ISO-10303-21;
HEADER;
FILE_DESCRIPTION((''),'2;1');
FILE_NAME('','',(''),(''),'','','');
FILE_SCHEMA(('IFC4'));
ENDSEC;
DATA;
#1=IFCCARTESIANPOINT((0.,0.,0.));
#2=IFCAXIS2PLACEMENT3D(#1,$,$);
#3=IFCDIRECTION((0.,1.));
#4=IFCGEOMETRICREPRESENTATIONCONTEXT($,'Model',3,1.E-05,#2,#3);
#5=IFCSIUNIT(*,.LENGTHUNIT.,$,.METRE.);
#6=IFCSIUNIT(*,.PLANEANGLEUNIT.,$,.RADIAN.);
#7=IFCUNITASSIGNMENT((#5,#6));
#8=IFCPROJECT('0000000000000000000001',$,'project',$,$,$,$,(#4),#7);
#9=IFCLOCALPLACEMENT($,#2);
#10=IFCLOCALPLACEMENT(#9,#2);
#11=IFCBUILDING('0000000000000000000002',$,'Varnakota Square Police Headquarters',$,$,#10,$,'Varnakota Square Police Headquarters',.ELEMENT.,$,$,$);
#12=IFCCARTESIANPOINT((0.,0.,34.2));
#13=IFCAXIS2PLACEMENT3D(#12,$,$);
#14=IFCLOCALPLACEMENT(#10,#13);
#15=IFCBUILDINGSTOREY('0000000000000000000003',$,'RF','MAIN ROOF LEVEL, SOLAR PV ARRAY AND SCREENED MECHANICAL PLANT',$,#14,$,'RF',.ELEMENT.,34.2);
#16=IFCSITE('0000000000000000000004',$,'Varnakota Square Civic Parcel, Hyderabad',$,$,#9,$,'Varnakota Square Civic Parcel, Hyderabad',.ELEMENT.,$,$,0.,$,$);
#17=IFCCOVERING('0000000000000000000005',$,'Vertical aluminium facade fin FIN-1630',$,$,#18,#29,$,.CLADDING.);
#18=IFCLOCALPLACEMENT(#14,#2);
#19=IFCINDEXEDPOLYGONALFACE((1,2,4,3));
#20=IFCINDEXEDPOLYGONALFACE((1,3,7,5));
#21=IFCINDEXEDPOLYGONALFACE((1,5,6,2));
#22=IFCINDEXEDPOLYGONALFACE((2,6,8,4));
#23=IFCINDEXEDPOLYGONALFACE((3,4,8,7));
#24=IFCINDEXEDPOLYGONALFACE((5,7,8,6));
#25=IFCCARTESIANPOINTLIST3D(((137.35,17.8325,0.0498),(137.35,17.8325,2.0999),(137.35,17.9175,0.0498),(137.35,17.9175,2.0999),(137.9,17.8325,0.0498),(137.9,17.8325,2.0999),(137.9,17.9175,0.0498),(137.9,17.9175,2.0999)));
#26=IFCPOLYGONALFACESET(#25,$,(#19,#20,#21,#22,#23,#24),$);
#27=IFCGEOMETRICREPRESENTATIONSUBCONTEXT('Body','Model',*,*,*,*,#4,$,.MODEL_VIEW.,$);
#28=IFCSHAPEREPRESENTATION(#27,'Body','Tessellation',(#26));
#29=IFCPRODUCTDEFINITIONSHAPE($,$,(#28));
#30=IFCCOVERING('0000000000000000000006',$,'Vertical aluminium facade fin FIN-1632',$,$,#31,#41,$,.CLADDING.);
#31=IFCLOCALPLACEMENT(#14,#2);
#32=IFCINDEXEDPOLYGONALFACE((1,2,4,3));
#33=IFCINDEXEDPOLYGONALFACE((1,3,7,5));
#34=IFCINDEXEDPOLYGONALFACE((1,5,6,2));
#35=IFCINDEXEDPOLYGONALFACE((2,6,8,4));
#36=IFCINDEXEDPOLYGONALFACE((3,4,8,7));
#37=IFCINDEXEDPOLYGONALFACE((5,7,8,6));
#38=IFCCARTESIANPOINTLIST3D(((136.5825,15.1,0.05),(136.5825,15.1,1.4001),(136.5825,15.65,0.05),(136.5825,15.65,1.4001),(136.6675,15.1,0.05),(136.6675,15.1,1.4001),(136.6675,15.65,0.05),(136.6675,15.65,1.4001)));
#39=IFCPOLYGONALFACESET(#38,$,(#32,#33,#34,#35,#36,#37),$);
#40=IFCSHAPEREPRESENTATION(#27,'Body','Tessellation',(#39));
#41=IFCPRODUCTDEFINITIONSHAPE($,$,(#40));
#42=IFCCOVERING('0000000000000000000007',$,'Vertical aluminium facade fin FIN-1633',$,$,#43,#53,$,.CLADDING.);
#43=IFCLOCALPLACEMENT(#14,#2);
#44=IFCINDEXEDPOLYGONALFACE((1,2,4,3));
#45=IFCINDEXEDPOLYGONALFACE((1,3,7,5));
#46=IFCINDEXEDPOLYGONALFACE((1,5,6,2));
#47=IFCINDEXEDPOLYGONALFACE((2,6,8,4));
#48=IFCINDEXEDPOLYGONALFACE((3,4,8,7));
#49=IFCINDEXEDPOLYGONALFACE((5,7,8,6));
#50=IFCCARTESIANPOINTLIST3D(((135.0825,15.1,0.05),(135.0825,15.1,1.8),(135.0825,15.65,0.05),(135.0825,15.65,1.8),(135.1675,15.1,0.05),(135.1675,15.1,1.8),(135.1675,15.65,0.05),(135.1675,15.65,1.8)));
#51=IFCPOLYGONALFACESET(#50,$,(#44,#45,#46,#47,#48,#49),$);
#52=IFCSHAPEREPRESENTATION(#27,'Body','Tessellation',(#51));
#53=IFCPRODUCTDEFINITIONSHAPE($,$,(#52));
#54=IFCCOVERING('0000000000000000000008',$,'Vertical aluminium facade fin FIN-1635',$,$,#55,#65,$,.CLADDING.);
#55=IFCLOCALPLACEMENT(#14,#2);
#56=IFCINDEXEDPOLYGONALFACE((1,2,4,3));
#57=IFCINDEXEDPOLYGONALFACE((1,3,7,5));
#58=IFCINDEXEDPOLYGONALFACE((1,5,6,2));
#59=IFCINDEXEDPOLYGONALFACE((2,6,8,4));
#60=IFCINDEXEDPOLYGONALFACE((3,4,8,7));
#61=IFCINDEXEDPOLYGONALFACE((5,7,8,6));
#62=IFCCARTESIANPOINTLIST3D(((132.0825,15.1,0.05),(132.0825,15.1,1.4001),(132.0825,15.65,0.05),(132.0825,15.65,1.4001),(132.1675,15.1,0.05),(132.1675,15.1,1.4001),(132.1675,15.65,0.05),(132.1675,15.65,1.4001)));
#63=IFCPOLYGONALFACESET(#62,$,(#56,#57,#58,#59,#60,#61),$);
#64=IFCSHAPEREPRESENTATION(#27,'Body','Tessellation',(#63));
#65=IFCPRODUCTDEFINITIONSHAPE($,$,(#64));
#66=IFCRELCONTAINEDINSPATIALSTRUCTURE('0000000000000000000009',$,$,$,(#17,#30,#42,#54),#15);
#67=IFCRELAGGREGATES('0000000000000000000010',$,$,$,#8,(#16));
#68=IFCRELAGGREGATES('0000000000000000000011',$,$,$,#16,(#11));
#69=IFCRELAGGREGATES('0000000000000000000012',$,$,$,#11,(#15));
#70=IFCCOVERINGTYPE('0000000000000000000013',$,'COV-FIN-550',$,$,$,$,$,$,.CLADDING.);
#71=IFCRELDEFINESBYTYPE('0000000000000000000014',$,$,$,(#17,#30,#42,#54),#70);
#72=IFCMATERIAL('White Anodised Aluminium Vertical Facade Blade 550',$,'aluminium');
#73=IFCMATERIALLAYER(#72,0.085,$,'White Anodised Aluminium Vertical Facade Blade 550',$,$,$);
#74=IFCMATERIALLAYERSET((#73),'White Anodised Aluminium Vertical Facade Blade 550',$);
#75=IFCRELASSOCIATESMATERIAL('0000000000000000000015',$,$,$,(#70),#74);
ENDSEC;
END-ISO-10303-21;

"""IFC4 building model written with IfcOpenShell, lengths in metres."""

from ifc_helpers import new_model, si_unit, direction, frame, origin, origin_2d, place, context, subcontext, project, spatial, rectangle, extrude, material, layer, layer_set, type_object, element, save


model = new_model("IFC4")

# Units and contexts
model_context = context("Model", 3, precision=1e-05, world=origin(), true_north=direction((0.0, 1.0)))
body_context = subcontext(model_context, "Body", "Model", "MODEL_VIEW")
ifc_project = project(units=[si_unit("LENGTHUNIT", "METRE"), si_unit("PLANEANGLEUNIT", "RADIAN")], contexts=[model_context])

# Site, building, storey
site_placement = place(None, origin())
site = spatial("IfcSite", under=ifc_project, at=site_placement, Name="Varnakota Square Civic Parcel, Hyderabad", LongName="Varnakota Square Civic Parcel, Hyderabad", CompositionType="ELEMENT", RefElevation=0.0)
building_placement = place(site_placement, origin())
building = spatial("IfcBuilding", under=site, at=building_placement, Name="Varnakota Square Police Headquarters", LongName="Varnakota Square Police Headquarters", CompositionType="ELEMENT")
storey_placement = place(building_placement, frame((0.0, 0.0, 34.2)))
storey = spatial("IfcBuildingStorey", under=building, at=storey_placement, Name="RF", Description="MAIN ROOF LEVEL, SOLAR PV ARRAY AND SCREENED MECHANICAL PLANT", LongName="RF", CompositionType="ELEMENT", Elevation=34.2)

# Coverings
ifc_material_1 = material(Name="White Anodised Aluminium Vertical Facade Blade 550", Category="aluminium")
ifc_layer_1 = layer(ifc_material_1, 0.085, Name="White Anodised Aluminium Vertical Facade Blade 550")
ifc_layer_set_1 = layer_set([ifc_layer_1], Name="White Anodised Aluminium Vertical Facade Blade 550")
covering_type_1 = type_object("IfcCoveringType", Name="COV-FIN-550", PredefinedType="CLADDING", material=ifc_layer_set_1)
covering_1_placement = place(storey_placement, frame((137.625, 17.875, 0.0498), z_axis=(0.0, 0.0, 1.0), x_axis=(0.0, -1.0, 0.0)))
element("IfcCovering", 1, at=covering_1_placement, inside=storey, type_object=covering_type_1, Name="Vertical aluminium facade fin FIN-1630", PredefinedType="CLADDING", context=body_context, shape_type="SweptSolid", body=[
    extrude(rectangle(XDim=0.085, YDim=0.55, at=origin_2d()), origin(), (0.0, 0.0, 1.0), 2.05),
])
covering_2_placement = place(storey_placement, frame((136.625, 15.375, 0.05), z_axis=(0.0, 0.0, 1.0), x_axis=(-1.0, 0.0, 0.0)))
element("IfcCovering", 2, at=covering_2_placement, inside=storey, type_object=covering_type_1, Name="Vertical aluminium facade fin FIN-1632", PredefinedType="CLADDING", context=body_context, shape_type="SweptSolid", body=[
    extrude(rectangle(XDim=0.085, YDim=0.55, at=origin_2d()), origin(), (0.0, 0.0, 1.0), 1.3501),
])
covering_3_placement = place(storey_placement, frame((135.125, 15.375, 0.05), z_axis=(0.0, 0.0, 1.0), x_axis=(-1.0, 0.0, 0.0)))
element("IfcCovering", 3, at=covering_3_placement, inside=storey, type_object=covering_type_1, Name="Vertical aluminium facade fin FIN-1633", PredefinedType="CLADDING", context=body_context, shape_type="SweptSolid", body=[
    extrude(rectangle(XDim=0.085, YDim=0.55, at=origin_2d()), origin(), (0.0, 0.0, 1.0), 1.75),
])
covering_4_placement = place(storey_placement, frame((132.125, 15.375, 0.05), z_axis=(0.0, 0.0, 1.0), x_axis=(-1.0, 0.0, 0.0)))
element("IfcCovering", 4, at=covering_4_placement, inside=storey, type_object=covering_type_1, Name="Vertical aluminium facade fin FIN-1635", PredefinedType="CLADDING", context=body_context, shape_type="SweptSolid", body=[
    extrude(rectangle(XDim=0.085, YDim=0.55, at=origin_2d()), origin(), (0.0, 0.0, 1.0), 1.3501),
])

save(model, "model.ifc")
